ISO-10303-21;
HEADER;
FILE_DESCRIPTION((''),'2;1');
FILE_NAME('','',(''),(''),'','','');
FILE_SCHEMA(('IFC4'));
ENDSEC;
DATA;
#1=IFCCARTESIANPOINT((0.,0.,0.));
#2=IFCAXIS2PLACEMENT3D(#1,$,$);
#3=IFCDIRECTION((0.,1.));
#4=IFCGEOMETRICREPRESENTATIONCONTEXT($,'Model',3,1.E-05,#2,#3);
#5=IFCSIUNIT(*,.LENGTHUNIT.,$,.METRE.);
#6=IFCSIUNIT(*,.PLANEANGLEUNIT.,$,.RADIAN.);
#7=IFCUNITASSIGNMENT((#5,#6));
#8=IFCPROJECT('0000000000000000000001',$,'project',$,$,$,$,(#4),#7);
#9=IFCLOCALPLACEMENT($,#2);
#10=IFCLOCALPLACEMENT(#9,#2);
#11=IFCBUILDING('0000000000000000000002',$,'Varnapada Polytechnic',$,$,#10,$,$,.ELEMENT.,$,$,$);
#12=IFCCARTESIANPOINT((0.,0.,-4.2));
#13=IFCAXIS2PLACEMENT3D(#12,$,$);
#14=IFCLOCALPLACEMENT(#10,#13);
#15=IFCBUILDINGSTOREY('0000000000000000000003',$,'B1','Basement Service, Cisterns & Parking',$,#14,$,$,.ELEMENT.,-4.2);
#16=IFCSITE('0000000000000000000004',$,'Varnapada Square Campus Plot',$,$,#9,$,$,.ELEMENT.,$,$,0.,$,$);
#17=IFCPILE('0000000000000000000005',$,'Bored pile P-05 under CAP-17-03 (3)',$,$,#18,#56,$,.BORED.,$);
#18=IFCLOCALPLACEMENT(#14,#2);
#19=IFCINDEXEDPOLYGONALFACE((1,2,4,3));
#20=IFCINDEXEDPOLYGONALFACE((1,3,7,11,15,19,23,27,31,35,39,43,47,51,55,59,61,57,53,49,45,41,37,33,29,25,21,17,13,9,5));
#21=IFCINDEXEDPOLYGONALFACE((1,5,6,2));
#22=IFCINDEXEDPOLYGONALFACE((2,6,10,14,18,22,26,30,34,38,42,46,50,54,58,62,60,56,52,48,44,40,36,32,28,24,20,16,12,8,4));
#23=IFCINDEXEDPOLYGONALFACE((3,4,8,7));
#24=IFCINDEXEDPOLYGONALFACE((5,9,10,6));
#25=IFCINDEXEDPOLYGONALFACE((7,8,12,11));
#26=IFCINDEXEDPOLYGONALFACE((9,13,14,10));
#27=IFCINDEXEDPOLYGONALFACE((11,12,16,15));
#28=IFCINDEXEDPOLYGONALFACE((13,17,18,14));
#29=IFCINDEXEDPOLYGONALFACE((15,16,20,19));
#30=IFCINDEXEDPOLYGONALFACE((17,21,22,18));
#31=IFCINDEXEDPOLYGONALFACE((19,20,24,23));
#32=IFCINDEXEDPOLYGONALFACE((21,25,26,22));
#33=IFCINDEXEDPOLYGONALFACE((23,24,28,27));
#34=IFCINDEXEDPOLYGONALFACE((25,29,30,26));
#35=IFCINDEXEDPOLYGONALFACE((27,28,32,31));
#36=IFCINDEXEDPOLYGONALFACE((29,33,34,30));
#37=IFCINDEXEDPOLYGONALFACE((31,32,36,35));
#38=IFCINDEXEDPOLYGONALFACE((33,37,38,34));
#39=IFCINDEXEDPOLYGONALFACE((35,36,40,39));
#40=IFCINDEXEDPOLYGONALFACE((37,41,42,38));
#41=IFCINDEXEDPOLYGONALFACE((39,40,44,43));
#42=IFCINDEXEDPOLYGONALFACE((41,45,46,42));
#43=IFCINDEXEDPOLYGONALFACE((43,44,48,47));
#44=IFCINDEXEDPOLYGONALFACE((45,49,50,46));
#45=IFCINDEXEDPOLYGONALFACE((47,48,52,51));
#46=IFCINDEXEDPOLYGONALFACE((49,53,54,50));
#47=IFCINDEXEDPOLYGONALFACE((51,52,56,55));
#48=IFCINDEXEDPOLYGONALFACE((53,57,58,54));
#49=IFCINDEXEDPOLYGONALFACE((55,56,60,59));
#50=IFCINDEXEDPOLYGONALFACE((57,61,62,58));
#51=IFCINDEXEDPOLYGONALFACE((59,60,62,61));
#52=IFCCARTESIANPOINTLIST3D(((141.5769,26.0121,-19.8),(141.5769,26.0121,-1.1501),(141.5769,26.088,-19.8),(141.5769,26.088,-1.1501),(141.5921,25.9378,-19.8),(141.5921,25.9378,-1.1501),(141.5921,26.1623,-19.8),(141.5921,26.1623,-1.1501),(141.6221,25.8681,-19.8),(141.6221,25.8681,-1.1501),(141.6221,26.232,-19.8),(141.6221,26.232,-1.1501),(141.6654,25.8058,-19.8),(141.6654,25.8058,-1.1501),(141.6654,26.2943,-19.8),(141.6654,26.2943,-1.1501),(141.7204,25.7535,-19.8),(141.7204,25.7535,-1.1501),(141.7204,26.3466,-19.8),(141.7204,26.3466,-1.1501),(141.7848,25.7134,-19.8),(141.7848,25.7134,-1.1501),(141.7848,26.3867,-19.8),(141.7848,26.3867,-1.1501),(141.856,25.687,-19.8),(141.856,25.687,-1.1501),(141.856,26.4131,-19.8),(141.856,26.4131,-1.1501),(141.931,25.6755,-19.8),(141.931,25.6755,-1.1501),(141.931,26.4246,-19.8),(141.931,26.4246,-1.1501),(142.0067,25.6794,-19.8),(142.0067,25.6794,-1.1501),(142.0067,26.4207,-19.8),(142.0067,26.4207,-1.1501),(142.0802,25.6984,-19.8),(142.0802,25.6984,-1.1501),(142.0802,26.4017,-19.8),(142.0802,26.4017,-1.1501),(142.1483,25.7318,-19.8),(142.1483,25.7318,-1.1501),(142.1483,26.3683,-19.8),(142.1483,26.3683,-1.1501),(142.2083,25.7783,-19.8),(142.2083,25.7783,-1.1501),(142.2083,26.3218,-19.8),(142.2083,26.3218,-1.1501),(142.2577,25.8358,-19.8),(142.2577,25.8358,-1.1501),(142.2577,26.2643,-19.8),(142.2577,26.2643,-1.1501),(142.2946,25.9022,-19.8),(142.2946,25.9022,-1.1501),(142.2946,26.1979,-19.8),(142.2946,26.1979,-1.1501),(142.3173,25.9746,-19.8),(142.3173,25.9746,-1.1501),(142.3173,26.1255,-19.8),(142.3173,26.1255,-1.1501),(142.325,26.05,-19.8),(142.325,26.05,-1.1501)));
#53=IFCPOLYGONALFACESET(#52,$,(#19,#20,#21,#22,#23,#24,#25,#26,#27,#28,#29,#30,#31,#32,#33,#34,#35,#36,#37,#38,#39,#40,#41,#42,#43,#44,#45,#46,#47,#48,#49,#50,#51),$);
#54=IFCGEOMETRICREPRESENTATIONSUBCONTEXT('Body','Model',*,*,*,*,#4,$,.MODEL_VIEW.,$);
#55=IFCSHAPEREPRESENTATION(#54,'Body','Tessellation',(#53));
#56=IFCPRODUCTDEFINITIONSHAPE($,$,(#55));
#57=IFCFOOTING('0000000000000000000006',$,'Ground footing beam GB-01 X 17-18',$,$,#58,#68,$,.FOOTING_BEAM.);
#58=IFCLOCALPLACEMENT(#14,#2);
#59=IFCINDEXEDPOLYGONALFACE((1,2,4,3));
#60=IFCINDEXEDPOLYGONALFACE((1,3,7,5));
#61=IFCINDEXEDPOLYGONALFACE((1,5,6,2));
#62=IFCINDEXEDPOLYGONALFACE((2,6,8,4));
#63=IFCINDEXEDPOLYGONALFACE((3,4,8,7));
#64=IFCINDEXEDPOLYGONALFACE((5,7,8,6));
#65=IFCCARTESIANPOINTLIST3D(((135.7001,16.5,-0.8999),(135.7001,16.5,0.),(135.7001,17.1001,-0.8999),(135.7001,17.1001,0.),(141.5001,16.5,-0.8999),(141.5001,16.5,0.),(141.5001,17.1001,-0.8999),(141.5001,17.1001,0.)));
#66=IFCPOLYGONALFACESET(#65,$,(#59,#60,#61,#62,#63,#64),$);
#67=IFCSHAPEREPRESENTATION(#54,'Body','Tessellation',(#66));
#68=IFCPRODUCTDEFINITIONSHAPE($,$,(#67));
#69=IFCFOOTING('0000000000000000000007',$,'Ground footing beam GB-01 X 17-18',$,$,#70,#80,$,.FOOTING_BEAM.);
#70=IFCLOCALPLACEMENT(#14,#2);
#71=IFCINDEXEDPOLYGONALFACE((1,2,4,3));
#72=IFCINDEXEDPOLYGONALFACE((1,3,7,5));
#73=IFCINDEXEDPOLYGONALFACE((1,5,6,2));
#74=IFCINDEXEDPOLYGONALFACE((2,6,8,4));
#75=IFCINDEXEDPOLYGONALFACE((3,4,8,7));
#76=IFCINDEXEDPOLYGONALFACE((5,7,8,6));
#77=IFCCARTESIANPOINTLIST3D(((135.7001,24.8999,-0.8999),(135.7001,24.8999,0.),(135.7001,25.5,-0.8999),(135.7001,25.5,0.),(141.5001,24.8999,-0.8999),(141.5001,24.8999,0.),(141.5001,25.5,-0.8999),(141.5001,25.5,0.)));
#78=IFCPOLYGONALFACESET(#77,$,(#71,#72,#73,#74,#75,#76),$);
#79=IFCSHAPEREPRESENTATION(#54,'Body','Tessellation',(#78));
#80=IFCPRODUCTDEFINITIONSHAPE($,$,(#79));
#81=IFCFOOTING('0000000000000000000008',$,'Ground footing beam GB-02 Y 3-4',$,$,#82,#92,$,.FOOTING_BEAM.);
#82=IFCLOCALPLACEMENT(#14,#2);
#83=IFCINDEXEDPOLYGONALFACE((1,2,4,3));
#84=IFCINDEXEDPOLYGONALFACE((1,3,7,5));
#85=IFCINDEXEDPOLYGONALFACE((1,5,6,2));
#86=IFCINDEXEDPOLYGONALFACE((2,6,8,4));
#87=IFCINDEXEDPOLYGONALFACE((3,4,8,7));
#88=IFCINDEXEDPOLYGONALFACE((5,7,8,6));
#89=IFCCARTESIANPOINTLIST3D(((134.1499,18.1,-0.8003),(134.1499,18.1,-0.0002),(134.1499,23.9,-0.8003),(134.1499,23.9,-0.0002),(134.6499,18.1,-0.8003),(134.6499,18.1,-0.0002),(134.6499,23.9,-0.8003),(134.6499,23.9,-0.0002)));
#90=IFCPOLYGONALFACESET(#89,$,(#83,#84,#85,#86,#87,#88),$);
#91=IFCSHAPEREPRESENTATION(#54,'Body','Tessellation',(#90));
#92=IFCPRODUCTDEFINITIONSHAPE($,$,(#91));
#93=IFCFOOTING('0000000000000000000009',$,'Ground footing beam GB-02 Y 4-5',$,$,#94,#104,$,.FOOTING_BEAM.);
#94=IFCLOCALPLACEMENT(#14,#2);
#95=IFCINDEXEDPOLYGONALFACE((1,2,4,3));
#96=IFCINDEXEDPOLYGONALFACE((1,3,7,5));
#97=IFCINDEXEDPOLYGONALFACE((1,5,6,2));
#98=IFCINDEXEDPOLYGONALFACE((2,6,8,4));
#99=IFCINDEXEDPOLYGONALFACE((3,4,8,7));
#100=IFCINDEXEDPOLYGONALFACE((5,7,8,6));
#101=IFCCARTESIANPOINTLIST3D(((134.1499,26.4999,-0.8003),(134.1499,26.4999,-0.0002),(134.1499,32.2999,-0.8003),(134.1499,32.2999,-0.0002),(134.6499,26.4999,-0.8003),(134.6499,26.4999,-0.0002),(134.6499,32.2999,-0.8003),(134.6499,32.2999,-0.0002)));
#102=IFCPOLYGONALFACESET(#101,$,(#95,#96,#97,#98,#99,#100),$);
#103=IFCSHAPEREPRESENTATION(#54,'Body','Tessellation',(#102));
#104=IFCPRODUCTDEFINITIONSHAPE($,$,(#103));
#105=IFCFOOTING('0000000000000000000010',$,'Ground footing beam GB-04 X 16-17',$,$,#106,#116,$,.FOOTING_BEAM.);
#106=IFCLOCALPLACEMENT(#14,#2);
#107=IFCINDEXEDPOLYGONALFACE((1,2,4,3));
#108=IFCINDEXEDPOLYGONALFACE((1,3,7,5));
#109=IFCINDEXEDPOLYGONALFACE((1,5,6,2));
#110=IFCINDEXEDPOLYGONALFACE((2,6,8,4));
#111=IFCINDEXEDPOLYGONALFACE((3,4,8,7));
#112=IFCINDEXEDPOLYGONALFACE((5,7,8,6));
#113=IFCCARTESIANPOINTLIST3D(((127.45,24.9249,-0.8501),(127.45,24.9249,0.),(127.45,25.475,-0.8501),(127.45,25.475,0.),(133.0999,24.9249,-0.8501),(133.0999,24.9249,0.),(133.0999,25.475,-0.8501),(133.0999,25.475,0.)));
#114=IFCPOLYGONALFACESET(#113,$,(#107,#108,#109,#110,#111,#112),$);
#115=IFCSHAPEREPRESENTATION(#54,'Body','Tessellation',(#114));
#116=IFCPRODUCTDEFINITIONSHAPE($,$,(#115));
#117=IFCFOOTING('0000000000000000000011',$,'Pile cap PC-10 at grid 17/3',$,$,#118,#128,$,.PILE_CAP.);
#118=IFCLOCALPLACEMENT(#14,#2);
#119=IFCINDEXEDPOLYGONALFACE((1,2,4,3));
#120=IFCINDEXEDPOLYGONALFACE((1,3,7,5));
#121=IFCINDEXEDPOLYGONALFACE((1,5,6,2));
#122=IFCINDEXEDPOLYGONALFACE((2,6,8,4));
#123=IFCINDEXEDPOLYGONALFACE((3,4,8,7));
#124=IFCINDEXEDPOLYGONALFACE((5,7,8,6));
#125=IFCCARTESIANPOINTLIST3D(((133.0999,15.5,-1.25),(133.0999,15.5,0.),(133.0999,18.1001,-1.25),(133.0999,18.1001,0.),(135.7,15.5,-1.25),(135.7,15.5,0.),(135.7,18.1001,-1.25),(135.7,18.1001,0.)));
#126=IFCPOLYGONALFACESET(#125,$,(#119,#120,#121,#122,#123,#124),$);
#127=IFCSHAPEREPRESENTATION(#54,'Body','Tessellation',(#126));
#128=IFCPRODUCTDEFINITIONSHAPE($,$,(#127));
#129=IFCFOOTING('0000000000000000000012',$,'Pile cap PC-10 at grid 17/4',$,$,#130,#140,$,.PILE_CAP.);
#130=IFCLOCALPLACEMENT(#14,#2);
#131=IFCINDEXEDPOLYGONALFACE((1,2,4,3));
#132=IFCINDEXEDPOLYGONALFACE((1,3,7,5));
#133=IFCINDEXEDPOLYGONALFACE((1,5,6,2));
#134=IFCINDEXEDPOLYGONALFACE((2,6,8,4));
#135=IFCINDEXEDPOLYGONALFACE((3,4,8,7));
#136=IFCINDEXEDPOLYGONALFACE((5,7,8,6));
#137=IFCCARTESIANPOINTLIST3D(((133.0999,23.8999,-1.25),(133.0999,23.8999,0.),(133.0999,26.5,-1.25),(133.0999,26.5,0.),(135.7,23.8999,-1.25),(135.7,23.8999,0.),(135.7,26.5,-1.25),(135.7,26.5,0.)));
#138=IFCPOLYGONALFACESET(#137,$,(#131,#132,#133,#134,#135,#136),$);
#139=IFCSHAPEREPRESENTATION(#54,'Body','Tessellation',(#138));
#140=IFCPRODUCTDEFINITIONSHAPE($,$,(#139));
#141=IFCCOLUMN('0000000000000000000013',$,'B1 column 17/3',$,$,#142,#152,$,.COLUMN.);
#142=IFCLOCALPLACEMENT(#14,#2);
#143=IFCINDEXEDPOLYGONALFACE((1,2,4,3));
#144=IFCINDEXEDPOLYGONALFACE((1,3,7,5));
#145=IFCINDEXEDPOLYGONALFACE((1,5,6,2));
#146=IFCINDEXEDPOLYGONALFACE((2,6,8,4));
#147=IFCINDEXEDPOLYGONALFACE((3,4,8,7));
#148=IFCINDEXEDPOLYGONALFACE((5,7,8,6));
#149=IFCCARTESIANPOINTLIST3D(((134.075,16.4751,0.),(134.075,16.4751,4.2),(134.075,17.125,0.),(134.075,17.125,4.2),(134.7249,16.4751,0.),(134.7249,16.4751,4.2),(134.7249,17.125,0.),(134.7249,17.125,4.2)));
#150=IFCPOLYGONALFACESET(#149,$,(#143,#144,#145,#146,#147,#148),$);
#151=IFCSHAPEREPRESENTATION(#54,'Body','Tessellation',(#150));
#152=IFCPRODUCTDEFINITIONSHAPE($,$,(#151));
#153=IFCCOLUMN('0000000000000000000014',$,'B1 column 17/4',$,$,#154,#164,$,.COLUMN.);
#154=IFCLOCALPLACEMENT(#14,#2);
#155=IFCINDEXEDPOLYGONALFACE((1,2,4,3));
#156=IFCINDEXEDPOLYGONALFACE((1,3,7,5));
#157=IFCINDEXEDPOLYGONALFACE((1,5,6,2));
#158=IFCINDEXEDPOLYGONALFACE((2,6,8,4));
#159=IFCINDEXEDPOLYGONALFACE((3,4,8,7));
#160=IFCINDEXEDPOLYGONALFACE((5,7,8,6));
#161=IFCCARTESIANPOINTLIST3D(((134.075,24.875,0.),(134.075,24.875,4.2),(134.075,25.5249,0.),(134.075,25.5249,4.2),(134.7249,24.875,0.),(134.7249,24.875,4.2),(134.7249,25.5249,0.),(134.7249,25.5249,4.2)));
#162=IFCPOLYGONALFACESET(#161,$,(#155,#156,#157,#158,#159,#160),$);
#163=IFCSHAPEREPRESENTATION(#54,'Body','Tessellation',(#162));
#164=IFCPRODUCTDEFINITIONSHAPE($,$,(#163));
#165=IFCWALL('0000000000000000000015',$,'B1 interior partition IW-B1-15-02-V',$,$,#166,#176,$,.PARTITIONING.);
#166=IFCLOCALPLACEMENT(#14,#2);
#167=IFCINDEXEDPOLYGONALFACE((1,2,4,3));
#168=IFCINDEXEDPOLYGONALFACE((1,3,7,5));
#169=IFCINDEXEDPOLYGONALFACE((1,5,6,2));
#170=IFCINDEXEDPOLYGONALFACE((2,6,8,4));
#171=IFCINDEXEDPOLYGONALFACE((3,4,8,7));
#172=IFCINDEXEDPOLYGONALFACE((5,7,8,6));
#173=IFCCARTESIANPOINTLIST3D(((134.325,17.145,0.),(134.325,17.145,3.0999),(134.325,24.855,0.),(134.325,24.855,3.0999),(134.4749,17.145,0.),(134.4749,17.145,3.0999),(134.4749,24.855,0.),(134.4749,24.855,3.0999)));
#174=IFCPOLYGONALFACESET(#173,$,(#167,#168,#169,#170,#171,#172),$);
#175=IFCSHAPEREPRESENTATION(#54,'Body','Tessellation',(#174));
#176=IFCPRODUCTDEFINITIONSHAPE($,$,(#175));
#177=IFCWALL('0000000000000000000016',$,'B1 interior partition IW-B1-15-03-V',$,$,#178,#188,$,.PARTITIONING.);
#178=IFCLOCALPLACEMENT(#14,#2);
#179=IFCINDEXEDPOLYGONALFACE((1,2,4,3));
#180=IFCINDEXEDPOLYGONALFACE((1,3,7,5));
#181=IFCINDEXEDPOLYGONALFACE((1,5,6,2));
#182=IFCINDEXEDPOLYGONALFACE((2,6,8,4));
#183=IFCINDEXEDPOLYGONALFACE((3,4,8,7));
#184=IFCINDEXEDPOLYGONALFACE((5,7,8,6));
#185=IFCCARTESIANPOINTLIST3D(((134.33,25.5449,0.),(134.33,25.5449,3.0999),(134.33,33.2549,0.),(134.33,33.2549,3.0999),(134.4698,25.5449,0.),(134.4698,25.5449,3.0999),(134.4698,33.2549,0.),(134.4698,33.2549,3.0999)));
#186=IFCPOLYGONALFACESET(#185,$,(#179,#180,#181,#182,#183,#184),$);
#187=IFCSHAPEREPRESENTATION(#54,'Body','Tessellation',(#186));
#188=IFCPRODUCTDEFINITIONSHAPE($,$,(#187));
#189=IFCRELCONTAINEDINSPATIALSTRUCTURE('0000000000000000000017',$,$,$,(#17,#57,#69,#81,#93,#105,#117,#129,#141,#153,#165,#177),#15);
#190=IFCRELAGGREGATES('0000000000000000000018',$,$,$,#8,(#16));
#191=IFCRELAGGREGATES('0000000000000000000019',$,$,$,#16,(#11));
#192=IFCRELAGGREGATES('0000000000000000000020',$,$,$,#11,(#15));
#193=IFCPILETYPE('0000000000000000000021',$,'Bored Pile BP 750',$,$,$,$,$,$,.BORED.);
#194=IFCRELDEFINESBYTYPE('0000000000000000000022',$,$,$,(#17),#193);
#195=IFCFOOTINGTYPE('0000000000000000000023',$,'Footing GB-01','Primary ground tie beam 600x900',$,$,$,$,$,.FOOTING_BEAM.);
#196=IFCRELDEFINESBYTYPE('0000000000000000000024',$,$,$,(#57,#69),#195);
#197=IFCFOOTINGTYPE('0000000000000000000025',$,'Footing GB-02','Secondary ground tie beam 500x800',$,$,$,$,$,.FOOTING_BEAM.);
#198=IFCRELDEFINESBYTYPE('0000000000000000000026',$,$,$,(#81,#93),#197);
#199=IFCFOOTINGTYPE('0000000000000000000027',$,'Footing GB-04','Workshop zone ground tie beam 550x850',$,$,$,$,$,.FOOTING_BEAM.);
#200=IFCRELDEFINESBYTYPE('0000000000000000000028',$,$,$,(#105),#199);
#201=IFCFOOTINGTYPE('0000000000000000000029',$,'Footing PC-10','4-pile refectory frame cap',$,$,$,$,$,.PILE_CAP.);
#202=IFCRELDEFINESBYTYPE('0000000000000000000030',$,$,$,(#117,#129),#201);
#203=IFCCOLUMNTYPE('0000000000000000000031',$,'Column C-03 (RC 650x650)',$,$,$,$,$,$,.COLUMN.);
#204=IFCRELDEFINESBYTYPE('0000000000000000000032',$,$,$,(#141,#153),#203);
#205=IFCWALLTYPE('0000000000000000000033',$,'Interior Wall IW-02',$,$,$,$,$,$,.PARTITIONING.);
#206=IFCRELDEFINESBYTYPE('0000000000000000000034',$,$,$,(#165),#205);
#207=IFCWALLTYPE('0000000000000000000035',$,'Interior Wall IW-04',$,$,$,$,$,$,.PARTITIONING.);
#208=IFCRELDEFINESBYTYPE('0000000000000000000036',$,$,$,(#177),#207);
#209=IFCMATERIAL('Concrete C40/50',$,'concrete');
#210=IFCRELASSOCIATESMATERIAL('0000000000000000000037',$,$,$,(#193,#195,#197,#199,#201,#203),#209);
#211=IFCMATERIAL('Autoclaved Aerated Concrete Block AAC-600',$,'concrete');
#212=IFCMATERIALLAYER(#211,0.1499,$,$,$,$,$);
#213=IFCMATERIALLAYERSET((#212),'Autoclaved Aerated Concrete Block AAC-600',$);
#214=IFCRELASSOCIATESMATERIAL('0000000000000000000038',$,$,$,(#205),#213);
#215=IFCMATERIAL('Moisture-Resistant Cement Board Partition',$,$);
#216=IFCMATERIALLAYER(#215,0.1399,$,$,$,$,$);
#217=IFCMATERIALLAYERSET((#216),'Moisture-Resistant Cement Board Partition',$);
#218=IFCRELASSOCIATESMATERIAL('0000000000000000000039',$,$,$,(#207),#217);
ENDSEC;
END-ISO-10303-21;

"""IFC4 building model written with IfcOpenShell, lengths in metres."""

from ifc_helpers import new_model, si_unit, direction, frame, frame_2d, origin, origin_2d, place, context, subcontext, project, spatial, rectangle, circle, extrude, material, layer, layer_set, material_profile, profile_set, type_object, element, save


model = new_model("IFC4")

# Units and contexts
model_context = context("Model", 3, precision=1e-05, world=origin(), true_north=direction((0.0, 1.0)))
body_context = subcontext(model_context, "Body", "Model", "MODEL_VIEW")
ifc_project = project(units=[si_unit("LENGTHUNIT", "METRE"), si_unit("PLANEANGLEUNIT", "RADIAN")], contexts=[model_context])

# Site, building, storey
site_placement = place(None, origin())
site = spatial("IfcSite", under=ifc_project, at=site_placement, Name="Varnapada Square Campus Plot", CompositionType="ELEMENT", RefElevation=0.0)
building_placement = place(site_placement, origin())
building = spatial("IfcBuilding", under=site, at=building_placement, Name="Varnapada Polytechnic", CompositionType="ELEMENT")
storey_placement = place(building_placement, frame((0.0, 0.0, -4.2)))
storey = spatial("IfcBuildingStorey", under=building, at=storey_placement, Name="B1", Description="Basement Service, Cisterns & Parking", CompositionType="ELEMENT", Elevation=-4.2)

# Pile
ifc_material_1 = material(Name="Concrete C40/50", Category="concrete")
ifc_material_profile_1 = material_profile(ifc_material_1, circle(Radius=0.375, at=origin_2d()), Name="BP 750")
ifc_profile_set_1 = profile_set([ifc_material_profile_1], Name="Concrete C40/50")
pile_type = type_object("IfcPileType", Name="Bored Pile BP 750", PredefinedType="BORED", material=ifc_profile_set_1)
for number, where, z_axis, x_axis, name in (
    (1, (141.95, 26.05, -1.1501), (0.0, 0.0, -1.0), (1.0, 0.0, 0.0), "Bored pile P-05 under CAP-17-03 (3)"),
):
    element("IfcPile", number, at=place(storey_placement, frame(where, z_axis=z_axis, x_axis=x_axis)), inside=storey, type_object=pile_type, Name=name, PredefinedType="BORED", context=body_context, shape_type="SweptSolid", body=[
        extrude(circle(Radius=0.375, at=origin_2d()), origin(), (0.0, 0.0, 1.0), 18.6499),
    ])

# Footings
footing_type_1 = type_object("IfcFootingType", Name="Footing GB-01", Description="Primary ground tie beam 600x900", PredefinedType="FOOTING_BEAM", material=ifc_material_1)
for number, where, z_axis, x_axis, name in (
    (2, (138.6001, 16.8, -0.8999), (0.0, 0.0, 1.0), (1.0, 0.0, 0.0), "Ground footing beam GB-01 X 17-18"),
    (3, (138.6001, 25.2, -0.8999), (0.0, 0.0, 1.0), (1.0, 0.0, 0.0), "Ground footing beam GB-01 X 17-18"),
):
    element("IfcFooting", number, at=place(storey_placement, frame(where, z_axis=z_axis, x_axis=x_axis)), inside=storey, type_object=footing_type_1, Name=name, PredefinedType="FOOTING_BEAM", context=body_context, shape_type="SweptSolid", body=[
        extrude(rectangle(XDim=5.8, YDim=0.6001, at=origin_2d()), origin(), (0.0, 0.0, 1.0), 0.8999),
    ])
footing_type_2 = type_object("IfcFootingType", Name="Footing GB-02", Description="Secondary ground tie beam 500x800", PredefinedType="FOOTING_BEAM", material=ifc_material_1)
for number, where, z_axis, x_axis, name in (
    (4, (134.3999, 21.0, -0.8003), (0.0, 0.0, 1.0), (0.0, 1.0, 0.0), "Ground footing beam GB-02 Y 3-4"),
    (5, (134.3999, 29.3999, -0.8003), (0.0, 0.0, 1.0), (0.0, 1.0, 0.0), "Ground footing beam GB-02 Y 4-5"),
):
    element("IfcFooting", number, at=place(storey_placement, frame(where, z_axis=z_axis, x_axis=x_axis)), inside=storey, type_object=footing_type_2, Name=name, PredefinedType="FOOTING_BEAM", context=body_context, shape_type="SweptSolid", body=[
        extrude(rectangle(XDim=5.8, YDim=0.5, at=origin_2d()), origin(), (0.0, 0.0, 1.0), 0.8),
    ])
footing_type_3 = type_object("IfcFootingType", Name="Footing GB-04", Description="Workshop zone ground tie beam 550x850", PredefinedType="FOOTING_BEAM", material=ifc_material_1)
footing_placement = place(storey_placement, frame((130.2749, 25.2, -0.8501), z_axis=(0.0, 0.0, 1.0), x_axis=(1.0, 0.0, 0.0)))
element("IfcFooting", 6, at=footing_placement, inside=storey, type_object=footing_type_3, Name="Ground footing beam GB-04 X 16-17", PredefinedType="FOOTING_BEAM", context=body_context, shape_type="SweptSolid", body=[
    extrude(rectangle(XDim=5.6499, YDim=0.55, at=origin_2d()), origin(), (0.0, 0.0, 1.0), 0.8501),
])
footing_type_4 = type_object("IfcFootingType", Name="Footing PC-10", Description="4-pile refectory frame cap", PredefinedType="PILE_CAP", material=ifc_material_1)
for number, where, z_axis, x_axis, name in (
    (7, (134.3999, 16.8, -1.25), (0.0, 0.0, 1.0), (1.0, 0.0, 0.0), "Pile cap PC-10 at grid 17/3"),
    (8, (134.3999, 25.2, -1.25), (0.0, 0.0, 1.0), (1.0, 0.0, 0.0), "Pile cap PC-10 at grid 17/4"),
):
    element("IfcFooting", number, at=place(storey_placement, frame(where, z_axis=z_axis, x_axis=x_axis)), inside=storey, type_object=footing_type_4, Name=name, PredefinedType="PILE_CAP", context=body_context, shape_type="SweptSolid", body=[
        extrude(rectangle(XDim=2.6001, YDim=2.6001, at=origin_2d()), origin(), (0.0, 0.0, 1.0), 1.25),
    ])

# Columns
ifc_material_profile_2 = material_profile(ifc_material_1, rectangle(XDim=0.6499, YDim=0.6499, at=origin_2d()), Name="RC 650x650")
ifc_profile_set_2 = profile_set([ifc_material_profile_2], Name="Concrete C40/50")
column_type = type_object("IfcColumnType", Name="Column C-03 (RC 650x650)", PredefinedType="COLUMN", material=ifc_profile_set_2)
for number, where, z_axis, x_axis, name in (
    (9, (134.3999, 16.8, 0.0), (0.0, 0.0, 1.0), (1.0, 0.0, 0.0), "B1 column 17/3"),
    (10, (134.3999, 25.2, 0.0), (0.0, 0.0, 1.0), (1.0, 0.0, 0.0), "B1 column 17/4"),
):
    element("IfcColumn", number, at=place(storey_placement, frame(where, z_axis=z_axis, x_axis=x_axis)), inside=storey, type_object=column_type, Name=name, PredefinedType="COLUMN", context=body_context, shape_type="SweptSolid", body=[
        extrude(rectangle(XDim=0.6499, YDim=0.6499, at=origin_2d()), origin(), (0.0, 0.0, 1.0), 4.2),
    ])

# Walls
ifc_material_2 = material(Name="Autoclaved Aerated Concrete Block AAC-600", Category="concrete")
ifc_layer_1 = layer(ifc_material_2, 0.1499)
ifc_layer_set_1 = layer_set([ifc_layer_1], Name="Autoclaved Aerated Concrete Block AAC-600")
wall_type_1 = type_object("IfcWallType", Name="Interior Wall IW-02", PredefinedType="PARTITIONING", material=ifc_layer_set_1)
wall_1_placement = place(storey_placement, frame((134.3999, 17.145, 0.0), z_axis=(0.0, 0.0, 1.0), x_axis=(0.0, 1.0, 0.0)))
element("IfcWall", 11, at=wall_1_placement, inside=storey, type_object=wall_type_1, Name="B1 interior partition IW-B1-15-02-V", PredefinedType="PARTITIONING", context=body_context, shape_type="SweptSolid", body=[
    extrude(rectangle(XDim=7.71, YDim=0.1499, at=frame_2d((3.855, 0.0))), origin(), (0.0, 0.0, 1.0), 3.0999),
])
ifc_material_3 = material(Name="Moisture-Resistant Cement Board Partition")
ifc_layer_2 = layer(ifc_material_3, 0.1399)
ifc_layer_set_2 = layer_set([ifc_layer_2], Name="Moisture-Resistant Cement Board Partition")
wall_type_2 = type_object("IfcWallType", Name="Interior Wall IW-04", PredefinedType="PARTITIONING", material=ifc_layer_set_2)
wall_2_placement = place(storey_placement, frame((134.3999, 25.5449, 0.0), z_axis=(0.0, 0.0, 1.0), x_axis=(0.0, 1.0, 0.0)))
element("IfcWall", 12, at=wall_2_placement, inside=storey, type_object=wall_type_2, Name="B1 interior partition IW-B1-15-03-V", PredefinedType="PARTITIONING", context=body_context, shape_type="SweptSolid", body=[
    extrude(rectangle(XDim=7.71, YDim=0.1399, at=frame_2d((3.855, 0.0))), origin(), (0.0, 0.0, 1.0), 3.0999),
])

save(model, "model.ifc")
